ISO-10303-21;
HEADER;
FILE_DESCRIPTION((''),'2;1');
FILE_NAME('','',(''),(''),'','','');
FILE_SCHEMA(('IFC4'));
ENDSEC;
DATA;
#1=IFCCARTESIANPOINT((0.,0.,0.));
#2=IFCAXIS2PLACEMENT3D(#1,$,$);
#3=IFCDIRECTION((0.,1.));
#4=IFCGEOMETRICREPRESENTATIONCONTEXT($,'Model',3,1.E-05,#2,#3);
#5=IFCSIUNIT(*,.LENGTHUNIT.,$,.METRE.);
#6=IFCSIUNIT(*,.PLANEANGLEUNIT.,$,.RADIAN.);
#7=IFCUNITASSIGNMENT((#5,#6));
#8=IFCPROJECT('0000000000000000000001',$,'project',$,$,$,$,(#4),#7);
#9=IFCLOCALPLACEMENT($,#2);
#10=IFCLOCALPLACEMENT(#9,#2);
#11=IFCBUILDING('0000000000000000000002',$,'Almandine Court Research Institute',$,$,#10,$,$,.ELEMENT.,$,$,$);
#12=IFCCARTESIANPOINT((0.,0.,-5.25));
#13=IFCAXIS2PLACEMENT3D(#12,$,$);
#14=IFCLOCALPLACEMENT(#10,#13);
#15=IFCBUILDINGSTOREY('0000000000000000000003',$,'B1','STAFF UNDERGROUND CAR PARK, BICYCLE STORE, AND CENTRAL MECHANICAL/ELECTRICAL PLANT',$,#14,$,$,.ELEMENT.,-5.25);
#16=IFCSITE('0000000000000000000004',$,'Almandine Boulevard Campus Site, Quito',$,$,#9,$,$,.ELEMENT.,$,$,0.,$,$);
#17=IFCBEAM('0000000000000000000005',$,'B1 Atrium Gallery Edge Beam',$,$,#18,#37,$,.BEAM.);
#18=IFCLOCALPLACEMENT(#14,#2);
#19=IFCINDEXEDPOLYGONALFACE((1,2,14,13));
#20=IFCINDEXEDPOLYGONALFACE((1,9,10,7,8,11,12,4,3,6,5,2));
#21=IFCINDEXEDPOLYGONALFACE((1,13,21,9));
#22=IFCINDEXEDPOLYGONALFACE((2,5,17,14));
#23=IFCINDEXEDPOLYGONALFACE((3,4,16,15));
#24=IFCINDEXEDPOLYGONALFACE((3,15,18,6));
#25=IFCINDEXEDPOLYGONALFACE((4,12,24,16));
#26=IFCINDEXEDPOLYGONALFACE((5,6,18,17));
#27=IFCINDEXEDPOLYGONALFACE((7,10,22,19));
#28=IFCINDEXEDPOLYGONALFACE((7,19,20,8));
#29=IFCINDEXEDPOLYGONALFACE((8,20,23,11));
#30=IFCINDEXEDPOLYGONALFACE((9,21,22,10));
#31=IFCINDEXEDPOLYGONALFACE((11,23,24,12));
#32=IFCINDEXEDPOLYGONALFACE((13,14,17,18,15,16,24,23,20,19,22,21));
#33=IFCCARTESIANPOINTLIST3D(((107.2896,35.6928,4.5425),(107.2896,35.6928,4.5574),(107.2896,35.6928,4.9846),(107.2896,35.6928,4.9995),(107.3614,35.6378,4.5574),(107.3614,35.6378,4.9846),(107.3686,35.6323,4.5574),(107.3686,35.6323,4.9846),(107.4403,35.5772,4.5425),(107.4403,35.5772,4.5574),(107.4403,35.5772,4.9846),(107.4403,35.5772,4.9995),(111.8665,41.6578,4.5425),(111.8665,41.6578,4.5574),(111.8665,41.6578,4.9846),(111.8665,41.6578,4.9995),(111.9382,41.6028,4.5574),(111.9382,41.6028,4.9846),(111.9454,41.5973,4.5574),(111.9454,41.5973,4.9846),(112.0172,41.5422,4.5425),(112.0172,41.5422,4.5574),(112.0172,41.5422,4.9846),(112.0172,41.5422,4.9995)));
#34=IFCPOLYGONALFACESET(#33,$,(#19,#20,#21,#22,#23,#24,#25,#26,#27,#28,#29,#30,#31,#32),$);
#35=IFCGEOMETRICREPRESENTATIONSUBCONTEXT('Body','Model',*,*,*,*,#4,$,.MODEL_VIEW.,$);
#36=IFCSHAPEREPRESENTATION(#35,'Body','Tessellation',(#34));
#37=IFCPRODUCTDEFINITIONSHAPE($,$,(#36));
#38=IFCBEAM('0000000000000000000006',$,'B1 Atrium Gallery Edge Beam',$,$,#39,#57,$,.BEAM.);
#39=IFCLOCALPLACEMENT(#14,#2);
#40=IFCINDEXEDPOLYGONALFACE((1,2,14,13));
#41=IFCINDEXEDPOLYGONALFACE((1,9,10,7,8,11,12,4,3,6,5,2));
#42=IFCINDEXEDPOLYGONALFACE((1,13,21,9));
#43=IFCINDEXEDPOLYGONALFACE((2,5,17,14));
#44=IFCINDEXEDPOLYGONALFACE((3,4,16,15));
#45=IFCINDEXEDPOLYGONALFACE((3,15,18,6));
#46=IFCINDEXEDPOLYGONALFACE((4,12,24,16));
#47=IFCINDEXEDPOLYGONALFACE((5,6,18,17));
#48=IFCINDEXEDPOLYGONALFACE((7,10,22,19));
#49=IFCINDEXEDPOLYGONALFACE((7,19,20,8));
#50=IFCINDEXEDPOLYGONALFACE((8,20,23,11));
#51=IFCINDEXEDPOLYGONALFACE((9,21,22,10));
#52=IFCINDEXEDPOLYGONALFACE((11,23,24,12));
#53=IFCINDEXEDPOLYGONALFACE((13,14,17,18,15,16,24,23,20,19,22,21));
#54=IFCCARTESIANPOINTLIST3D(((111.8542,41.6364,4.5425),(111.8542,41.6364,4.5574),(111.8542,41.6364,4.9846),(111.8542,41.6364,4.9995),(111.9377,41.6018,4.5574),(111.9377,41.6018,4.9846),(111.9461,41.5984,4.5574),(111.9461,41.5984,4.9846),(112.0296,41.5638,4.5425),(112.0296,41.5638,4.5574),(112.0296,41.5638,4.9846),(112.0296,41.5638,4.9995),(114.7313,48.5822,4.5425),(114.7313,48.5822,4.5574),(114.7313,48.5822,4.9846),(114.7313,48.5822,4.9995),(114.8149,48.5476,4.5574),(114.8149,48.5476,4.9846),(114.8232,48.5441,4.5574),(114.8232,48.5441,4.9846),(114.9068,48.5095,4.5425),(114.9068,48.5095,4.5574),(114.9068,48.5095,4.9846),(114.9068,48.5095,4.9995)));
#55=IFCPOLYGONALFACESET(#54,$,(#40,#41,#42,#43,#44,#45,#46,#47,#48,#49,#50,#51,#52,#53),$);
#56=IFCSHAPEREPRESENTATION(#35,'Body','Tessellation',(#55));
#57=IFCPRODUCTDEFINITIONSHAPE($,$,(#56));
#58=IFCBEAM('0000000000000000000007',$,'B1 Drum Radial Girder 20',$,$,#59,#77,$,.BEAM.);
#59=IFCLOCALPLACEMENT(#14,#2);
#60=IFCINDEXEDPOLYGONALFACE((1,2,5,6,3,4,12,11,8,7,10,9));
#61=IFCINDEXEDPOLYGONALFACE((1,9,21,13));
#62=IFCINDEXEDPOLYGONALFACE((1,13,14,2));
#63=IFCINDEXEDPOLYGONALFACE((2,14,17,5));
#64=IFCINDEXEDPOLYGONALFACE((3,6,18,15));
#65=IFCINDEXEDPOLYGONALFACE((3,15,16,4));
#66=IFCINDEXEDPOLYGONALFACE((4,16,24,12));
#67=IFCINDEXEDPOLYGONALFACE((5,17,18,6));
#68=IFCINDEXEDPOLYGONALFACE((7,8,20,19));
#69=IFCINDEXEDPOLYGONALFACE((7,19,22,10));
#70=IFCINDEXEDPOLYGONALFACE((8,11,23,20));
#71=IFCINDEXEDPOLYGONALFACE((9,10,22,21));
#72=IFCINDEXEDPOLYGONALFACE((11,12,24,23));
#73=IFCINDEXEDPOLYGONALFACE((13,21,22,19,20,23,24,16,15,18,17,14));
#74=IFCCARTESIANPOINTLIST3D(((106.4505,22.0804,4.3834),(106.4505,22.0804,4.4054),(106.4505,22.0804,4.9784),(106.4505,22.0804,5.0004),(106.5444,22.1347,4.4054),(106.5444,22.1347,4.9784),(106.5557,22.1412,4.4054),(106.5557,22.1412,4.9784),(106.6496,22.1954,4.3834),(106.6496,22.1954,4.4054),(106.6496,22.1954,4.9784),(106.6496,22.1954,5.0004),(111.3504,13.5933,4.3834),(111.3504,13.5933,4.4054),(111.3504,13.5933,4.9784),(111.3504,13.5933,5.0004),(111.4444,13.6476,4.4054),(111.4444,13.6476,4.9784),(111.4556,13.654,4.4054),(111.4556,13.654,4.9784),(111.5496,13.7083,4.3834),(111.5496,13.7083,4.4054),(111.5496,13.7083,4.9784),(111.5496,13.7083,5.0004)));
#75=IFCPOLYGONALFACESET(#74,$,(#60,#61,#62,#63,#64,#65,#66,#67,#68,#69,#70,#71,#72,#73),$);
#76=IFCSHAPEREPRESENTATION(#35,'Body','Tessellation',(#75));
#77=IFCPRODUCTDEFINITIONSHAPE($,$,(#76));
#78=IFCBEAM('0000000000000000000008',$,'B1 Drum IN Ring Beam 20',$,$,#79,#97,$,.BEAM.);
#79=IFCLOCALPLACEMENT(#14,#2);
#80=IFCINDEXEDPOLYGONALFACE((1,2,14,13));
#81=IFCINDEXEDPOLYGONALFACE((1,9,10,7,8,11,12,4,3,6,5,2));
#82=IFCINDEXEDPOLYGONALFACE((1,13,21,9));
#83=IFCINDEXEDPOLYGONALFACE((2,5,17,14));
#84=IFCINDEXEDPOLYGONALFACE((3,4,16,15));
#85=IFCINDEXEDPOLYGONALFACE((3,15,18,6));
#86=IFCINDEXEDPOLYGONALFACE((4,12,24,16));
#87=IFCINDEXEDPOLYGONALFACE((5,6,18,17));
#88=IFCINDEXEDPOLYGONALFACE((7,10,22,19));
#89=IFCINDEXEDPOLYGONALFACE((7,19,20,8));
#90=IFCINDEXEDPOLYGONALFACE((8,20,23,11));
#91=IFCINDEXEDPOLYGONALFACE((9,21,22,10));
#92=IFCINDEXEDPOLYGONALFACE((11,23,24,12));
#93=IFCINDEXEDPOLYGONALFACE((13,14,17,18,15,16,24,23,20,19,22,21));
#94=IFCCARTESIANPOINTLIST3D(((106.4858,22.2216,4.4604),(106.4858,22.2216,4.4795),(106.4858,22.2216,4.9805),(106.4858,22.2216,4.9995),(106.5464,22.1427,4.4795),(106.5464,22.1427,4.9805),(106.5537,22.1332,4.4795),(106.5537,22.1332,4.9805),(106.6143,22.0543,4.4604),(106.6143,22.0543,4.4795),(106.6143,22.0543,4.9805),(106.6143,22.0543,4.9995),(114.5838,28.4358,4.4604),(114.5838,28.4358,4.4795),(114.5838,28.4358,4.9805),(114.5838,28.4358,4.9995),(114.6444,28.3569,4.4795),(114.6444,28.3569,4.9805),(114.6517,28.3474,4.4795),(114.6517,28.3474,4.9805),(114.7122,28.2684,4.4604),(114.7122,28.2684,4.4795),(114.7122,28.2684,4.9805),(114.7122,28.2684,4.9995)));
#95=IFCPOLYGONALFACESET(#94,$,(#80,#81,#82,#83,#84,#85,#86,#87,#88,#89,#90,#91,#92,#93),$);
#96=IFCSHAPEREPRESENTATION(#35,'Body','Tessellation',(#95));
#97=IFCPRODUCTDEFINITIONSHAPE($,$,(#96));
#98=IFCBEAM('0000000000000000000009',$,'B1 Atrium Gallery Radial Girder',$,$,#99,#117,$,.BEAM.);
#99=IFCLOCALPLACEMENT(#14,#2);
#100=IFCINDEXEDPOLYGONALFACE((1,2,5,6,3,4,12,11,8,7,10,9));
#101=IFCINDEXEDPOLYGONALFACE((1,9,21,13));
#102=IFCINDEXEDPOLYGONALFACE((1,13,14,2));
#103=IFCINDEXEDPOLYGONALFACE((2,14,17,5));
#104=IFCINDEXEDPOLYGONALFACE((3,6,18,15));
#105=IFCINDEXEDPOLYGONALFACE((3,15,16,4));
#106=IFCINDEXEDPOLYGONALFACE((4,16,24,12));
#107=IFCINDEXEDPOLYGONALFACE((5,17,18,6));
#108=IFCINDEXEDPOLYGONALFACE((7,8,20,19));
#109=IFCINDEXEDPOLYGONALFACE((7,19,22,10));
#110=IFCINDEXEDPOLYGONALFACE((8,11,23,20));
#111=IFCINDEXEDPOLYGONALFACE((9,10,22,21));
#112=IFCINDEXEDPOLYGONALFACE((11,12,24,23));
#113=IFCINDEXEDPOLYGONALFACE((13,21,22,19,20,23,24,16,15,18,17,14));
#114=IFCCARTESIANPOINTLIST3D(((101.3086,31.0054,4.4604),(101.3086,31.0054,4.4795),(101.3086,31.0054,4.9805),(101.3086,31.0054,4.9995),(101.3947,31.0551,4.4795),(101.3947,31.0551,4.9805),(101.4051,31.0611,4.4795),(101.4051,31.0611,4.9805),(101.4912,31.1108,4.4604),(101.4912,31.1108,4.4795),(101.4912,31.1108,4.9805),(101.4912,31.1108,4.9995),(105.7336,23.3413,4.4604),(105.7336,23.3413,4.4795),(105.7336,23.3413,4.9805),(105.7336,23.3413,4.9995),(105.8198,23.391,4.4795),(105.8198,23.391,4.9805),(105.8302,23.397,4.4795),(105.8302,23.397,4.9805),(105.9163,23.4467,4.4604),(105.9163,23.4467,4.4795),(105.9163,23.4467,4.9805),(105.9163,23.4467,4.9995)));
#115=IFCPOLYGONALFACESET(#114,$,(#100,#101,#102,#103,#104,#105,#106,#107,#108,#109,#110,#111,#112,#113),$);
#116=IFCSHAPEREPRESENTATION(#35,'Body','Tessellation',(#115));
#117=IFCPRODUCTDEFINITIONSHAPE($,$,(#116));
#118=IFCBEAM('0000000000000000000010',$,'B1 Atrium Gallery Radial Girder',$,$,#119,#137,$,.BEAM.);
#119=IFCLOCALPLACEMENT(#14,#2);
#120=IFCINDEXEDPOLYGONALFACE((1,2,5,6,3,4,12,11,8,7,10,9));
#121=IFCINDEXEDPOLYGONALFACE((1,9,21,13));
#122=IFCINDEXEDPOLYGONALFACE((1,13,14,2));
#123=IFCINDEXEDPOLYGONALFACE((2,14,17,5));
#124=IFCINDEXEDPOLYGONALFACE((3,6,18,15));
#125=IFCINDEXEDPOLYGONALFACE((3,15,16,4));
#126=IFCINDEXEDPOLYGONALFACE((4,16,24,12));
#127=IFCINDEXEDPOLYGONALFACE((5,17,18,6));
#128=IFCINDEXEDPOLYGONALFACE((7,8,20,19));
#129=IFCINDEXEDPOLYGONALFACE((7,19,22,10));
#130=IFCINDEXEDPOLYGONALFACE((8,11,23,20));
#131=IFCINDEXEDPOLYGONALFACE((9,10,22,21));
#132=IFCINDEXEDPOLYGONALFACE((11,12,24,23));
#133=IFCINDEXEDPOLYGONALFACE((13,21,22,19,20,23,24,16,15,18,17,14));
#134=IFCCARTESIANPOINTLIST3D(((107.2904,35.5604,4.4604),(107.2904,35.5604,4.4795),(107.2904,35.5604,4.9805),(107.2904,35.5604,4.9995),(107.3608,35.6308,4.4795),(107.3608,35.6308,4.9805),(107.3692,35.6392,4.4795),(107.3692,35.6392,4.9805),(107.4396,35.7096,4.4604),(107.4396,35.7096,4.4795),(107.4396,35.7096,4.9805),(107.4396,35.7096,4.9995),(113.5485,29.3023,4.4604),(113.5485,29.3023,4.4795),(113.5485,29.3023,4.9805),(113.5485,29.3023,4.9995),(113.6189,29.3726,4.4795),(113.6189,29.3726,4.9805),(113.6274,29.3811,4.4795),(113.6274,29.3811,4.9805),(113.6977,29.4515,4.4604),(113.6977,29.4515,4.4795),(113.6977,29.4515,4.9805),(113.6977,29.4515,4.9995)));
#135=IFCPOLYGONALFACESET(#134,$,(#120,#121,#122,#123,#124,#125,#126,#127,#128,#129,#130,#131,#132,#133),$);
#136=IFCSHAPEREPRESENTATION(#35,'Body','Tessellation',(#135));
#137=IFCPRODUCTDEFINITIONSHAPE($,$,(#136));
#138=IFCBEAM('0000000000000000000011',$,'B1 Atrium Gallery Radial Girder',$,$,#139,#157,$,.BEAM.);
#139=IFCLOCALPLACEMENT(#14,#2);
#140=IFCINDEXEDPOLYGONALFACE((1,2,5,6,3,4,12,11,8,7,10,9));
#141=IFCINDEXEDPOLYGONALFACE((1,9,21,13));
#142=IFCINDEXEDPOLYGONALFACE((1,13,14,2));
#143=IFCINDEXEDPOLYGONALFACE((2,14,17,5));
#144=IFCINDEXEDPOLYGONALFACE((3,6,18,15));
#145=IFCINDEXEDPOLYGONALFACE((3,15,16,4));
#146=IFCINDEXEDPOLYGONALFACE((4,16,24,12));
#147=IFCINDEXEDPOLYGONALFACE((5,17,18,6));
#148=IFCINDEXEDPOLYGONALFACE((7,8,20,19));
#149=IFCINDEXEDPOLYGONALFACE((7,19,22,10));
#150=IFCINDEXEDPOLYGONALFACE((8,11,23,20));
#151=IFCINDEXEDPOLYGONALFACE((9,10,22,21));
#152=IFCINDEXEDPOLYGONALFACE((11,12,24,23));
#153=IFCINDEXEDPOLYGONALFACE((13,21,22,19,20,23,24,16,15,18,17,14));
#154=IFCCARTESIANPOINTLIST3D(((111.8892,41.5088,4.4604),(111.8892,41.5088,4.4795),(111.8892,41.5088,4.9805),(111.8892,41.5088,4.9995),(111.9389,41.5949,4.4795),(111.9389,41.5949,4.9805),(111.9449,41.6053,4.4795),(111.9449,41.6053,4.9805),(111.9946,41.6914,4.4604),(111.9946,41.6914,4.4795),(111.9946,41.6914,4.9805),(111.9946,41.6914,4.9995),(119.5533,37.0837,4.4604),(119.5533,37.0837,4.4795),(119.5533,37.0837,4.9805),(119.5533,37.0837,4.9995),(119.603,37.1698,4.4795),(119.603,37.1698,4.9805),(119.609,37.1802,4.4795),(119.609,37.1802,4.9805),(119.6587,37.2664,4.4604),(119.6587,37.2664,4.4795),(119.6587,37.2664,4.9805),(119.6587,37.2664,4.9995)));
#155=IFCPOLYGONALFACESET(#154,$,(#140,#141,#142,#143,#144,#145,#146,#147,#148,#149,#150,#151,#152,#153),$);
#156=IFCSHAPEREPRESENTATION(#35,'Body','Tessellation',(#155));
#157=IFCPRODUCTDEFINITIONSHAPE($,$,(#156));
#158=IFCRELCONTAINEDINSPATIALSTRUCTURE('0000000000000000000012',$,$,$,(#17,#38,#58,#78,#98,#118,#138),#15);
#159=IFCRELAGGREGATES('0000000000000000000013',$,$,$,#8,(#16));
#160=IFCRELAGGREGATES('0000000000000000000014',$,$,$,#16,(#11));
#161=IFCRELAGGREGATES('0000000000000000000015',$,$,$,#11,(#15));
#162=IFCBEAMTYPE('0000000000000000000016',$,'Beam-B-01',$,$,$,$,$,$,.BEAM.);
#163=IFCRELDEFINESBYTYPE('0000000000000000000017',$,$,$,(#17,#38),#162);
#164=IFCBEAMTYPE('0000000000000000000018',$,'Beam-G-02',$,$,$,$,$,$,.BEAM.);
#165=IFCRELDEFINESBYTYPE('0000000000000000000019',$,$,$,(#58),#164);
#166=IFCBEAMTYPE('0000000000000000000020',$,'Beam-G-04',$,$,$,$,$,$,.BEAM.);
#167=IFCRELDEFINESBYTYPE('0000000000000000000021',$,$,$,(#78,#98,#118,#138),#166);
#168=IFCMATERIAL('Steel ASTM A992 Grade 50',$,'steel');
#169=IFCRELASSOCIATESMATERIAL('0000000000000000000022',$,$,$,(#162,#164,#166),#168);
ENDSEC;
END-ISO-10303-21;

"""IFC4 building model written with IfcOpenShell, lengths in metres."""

from ifc_helpers import new_model, si_unit, direction, frame, origin, origin_2d, place, context, subcontext, project, spatial, i_section, extrude, material, material_profile, profile_set, type_object, element, save


model = new_model("IFC4")

# Units and contexts
model_context = context("Model", 3, precision=1e-05, world=origin(), true_north=direction((0.0, 1.0)))
body_context = subcontext(model_context, "Body", "Model", "MODEL_VIEW")
ifc_project = project(units=[si_unit("LENGTHUNIT", "METRE"), si_unit("PLANEANGLEUNIT", "RADIAN")], contexts=[model_context])

# Site, building, storey
site_placement = place(None, origin())
site = spatial("IfcSite", under=ifc_project, at=site_placement, Name="Almandine Boulevard Campus Site, Quito", CompositionType="ELEMENT", RefElevation=0.0)
building_placement = place(site_placement, origin())
building = spatial("IfcBuilding", under=site, at=building_placement, Name="Almandine Court Research Institute", CompositionType="ELEMENT")
storey_placement = place(building_placement, frame((0.0, 0.0, -5.25)))
storey = spatial("IfcBuildingStorey", under=building, at=storey_placement, Name="B1", Description="STAFF UNDERGROUND CAR PARK, BICYCLE STORE, AND CENTRAL MECHANICAL/ELECTRICAL PLANT", CompositionType="ELEMENT", Elevation=-5.25)

# Beams
ifc_material_1 = material(Name="Steel ASTM A992 Grade 50", Category="steel")
ifc_material_profile_1 = material_profile(ifc_material_1, i_section(OverallWidth=0.1899, OverallDepth=0.457, WebThickness=0.009, FlangeThickness=0.0149, at=origin_2d()), Name="W460x74")
ifc_profile_set_1 = profile_set([ifc_material_profile_1], Name="Steel ASTM A992 Grade 50")
beam_type_1 = type_object("IfcBeamType", Name="Beam-B-01", PredefinedType="BEAM", material=ifc_profile_set_1)
for number, where, z_axis, x_axis, name in (
    (1, (107.365, 35.635, 4.771), (0.608739, 0.793371, 0.0), (-0.793371, 0.608739, 0.0), "B1 Atrium Gallery Edge Beam"),
):
    element("IfcBeam", number, at=place(storey_placement, frame(where, z_axis=z_axis, x_axis=x_axis)), inside=storey, type_object=beam_type_1, Name=name, PredefinedType="BEAM", context=body_context, shape_type="SweptSolid", body=[
        extrude(i_section(OverallWidth=0.1899, OverallDepth=0.457, WebThickness=0.009, FlangeThickness=0.0149, at=origin_2d()), origin(), (0.0, 0.0, 1.0), 7.5186),
    ])
beam_1_placement = place(storey_placement, frame((111.9419, 41.6001, 4.771), z_axis=(0.382701, 0.923872, 0.0), x_axis=(-0.923872, 0.382701, 0.0)))
element("IfcBeam", 2, at=beam_1_placement, inside=storey, type_object=beam_type_1, Name="B1 Atrium Gallery Edge Beam", PredefinedType="BEAM", context=body_context, shape_type="SweptSolid", body=[
    extrude(i_section(OverallWidth=0.1899, OverallDepth=0.457, WebThickness=0.009, FlangeThickness=0.0149, at=origin_2d()), origin(), (0.0, 0.0, 1.0), 7.5181),
])
ifc_material_profile_2 = material_profile(ifc_material_1, i_section(OverallWidth=0.23, OverallDepth=0.6169, WebThickness=0.0129, FlangeThickness=0.022, at=origin_2d()), Name="W610x140")
ifc_profile_set_2 = profile_set([ifc_material_profile_2], Name="Steel ASTM A992 Grade 50")
beam_type_2 = type_object("IfcBeamType", Name="Beam-G-02", PredefinedType="BEAM", material=ifc_profile_set_2)
beam_2_placement = place(storey_placement, frame((106.55, 22.1379, 4.6919), z_axis=(0.499992, -0.86603, 0.0), x_axis=(0.86603, 0.499992, 0.0)))
element("IfcBeam", 3, at=beam_2_placement, inside=storey, type_object=beam_type_2, Name="B1 Drum Radial Girder 20", PredefinedType="BEAM", context=body_context, shape_type="SweptSolid", body=[
    extrude(i_section(OverallWidth=0.23, OverallDepth=0.6169, WebThickness=0.0129, FlangeThickness=0.022, at=origin_2d()), origin(), (0.0, 0.0, 1.0), 9.8),
])
ifc_material_profile_3 = material_profile(ifc_material_1, i_section(OverallWidth=0.2109, OverallDepth=0.5391, WebThickness=0.012, FlangeThickness=0.019, at=origin_2d()), Name="W530x109")
ifc_profile_set_3 = profile_set([ifc_material_profile_3], Name="Steel ASTM A992 Grade 50")
beam_type_3 = type_object("IfcBeamType", Name="Beam-G-04", PredefinedType="BEAM", material=ifc_profile_set_3)
beam_3_placement = place(storey_placement, frame((106.55, 22.1379, 4.73), z_axis=(0.793336, 0.608784, 0.0), x_axis=(-0.608784, 0.793336, 0.0)))
element("IfcBeam", 4, at=beam_3_placement, inside=storey, type_object=beam_type_3, Name="B1 Drum IN Ring Beam 20", PredefinedType="BEAM", context=body_context, shape_type="SweptSolid", body=[
    extrude(i_section(OverallWidth=0.2109, OverallDepth=0.5391, WebThickness=0.012, FlangeThickness=0.019, at=origin_2d()), origin(), (0.0, 0.0, 1.0), 10.2075),
])
beam_4_placement = place(storey_placement, frame((101.3999, 31.0581, 4.73), z_axis=(0.500017, -0.866016, 0.0), x_axis=(0.866016, 0.500017, 0.0)))
element("IfcBeam", 5, at=beam_4_placement, inside=storey, type_object=beam_type_3, Name="B1 Atrium Gallery Radial Girder", PredefinedType="BEAM", context=body_context, shape_type="SweptSolid", body=[
    extrude(i_section(OverallWidth=0.2109, OverallDepth=0.5391, WebThickness=0.012, FlangeThickness=0.019, at=origin_2d()), origin(), (0.0, 0.0, 1.0), 8.8499),
])
beam_5_placement = place(storey_placement, frame((107.365, 35.635, 4.73), z_axis=(0.707107, -0.707107, 0.0), x_axis=(0.707107, 0.707107, 0.0)))
element("IfcBeam", 6, at=beam_5_placement, inside=storey, type_object=beam_type_3, Name="B1 Atrium Gallery Radial Girder", PredefinedType="BEAM", context=body_context, shape_type="SweptSolid", body=[
    extrude(i_section(OverallWidth=0.2109, OverallDepth=0.5391, WebThickness=0.012, FlangeThickness=0.019, at=origin_2d()), origin(), (0.0, 0.0, 1.0), 8.8503),
])
beam_6_placement = place(storey_placement, frame((111.9419, 41.6001, 4.73), z_axis=(0.866016, -0.500017, 0.0), x_axis=(0.500017, 0.866016, 0.0)))
element("IfcBeam", 7, at=beam_6_placement, inside=storey, type_object=beam_type_3, Name="B1 Atrium Gallery Radial Girder", PredefinedType="BEAM", context=body_context, shape_type="SweptSolid", body=[
    extrude(i_section(OverallWidth=0.2109, OverallDepth=0.5391, WebThickness=0.012, FlangeThickness=0.019, at=origin_2d()), origin(), (0.0, 0.0, 1.0), 8.8499),
])

save(model, "model.ifc")
